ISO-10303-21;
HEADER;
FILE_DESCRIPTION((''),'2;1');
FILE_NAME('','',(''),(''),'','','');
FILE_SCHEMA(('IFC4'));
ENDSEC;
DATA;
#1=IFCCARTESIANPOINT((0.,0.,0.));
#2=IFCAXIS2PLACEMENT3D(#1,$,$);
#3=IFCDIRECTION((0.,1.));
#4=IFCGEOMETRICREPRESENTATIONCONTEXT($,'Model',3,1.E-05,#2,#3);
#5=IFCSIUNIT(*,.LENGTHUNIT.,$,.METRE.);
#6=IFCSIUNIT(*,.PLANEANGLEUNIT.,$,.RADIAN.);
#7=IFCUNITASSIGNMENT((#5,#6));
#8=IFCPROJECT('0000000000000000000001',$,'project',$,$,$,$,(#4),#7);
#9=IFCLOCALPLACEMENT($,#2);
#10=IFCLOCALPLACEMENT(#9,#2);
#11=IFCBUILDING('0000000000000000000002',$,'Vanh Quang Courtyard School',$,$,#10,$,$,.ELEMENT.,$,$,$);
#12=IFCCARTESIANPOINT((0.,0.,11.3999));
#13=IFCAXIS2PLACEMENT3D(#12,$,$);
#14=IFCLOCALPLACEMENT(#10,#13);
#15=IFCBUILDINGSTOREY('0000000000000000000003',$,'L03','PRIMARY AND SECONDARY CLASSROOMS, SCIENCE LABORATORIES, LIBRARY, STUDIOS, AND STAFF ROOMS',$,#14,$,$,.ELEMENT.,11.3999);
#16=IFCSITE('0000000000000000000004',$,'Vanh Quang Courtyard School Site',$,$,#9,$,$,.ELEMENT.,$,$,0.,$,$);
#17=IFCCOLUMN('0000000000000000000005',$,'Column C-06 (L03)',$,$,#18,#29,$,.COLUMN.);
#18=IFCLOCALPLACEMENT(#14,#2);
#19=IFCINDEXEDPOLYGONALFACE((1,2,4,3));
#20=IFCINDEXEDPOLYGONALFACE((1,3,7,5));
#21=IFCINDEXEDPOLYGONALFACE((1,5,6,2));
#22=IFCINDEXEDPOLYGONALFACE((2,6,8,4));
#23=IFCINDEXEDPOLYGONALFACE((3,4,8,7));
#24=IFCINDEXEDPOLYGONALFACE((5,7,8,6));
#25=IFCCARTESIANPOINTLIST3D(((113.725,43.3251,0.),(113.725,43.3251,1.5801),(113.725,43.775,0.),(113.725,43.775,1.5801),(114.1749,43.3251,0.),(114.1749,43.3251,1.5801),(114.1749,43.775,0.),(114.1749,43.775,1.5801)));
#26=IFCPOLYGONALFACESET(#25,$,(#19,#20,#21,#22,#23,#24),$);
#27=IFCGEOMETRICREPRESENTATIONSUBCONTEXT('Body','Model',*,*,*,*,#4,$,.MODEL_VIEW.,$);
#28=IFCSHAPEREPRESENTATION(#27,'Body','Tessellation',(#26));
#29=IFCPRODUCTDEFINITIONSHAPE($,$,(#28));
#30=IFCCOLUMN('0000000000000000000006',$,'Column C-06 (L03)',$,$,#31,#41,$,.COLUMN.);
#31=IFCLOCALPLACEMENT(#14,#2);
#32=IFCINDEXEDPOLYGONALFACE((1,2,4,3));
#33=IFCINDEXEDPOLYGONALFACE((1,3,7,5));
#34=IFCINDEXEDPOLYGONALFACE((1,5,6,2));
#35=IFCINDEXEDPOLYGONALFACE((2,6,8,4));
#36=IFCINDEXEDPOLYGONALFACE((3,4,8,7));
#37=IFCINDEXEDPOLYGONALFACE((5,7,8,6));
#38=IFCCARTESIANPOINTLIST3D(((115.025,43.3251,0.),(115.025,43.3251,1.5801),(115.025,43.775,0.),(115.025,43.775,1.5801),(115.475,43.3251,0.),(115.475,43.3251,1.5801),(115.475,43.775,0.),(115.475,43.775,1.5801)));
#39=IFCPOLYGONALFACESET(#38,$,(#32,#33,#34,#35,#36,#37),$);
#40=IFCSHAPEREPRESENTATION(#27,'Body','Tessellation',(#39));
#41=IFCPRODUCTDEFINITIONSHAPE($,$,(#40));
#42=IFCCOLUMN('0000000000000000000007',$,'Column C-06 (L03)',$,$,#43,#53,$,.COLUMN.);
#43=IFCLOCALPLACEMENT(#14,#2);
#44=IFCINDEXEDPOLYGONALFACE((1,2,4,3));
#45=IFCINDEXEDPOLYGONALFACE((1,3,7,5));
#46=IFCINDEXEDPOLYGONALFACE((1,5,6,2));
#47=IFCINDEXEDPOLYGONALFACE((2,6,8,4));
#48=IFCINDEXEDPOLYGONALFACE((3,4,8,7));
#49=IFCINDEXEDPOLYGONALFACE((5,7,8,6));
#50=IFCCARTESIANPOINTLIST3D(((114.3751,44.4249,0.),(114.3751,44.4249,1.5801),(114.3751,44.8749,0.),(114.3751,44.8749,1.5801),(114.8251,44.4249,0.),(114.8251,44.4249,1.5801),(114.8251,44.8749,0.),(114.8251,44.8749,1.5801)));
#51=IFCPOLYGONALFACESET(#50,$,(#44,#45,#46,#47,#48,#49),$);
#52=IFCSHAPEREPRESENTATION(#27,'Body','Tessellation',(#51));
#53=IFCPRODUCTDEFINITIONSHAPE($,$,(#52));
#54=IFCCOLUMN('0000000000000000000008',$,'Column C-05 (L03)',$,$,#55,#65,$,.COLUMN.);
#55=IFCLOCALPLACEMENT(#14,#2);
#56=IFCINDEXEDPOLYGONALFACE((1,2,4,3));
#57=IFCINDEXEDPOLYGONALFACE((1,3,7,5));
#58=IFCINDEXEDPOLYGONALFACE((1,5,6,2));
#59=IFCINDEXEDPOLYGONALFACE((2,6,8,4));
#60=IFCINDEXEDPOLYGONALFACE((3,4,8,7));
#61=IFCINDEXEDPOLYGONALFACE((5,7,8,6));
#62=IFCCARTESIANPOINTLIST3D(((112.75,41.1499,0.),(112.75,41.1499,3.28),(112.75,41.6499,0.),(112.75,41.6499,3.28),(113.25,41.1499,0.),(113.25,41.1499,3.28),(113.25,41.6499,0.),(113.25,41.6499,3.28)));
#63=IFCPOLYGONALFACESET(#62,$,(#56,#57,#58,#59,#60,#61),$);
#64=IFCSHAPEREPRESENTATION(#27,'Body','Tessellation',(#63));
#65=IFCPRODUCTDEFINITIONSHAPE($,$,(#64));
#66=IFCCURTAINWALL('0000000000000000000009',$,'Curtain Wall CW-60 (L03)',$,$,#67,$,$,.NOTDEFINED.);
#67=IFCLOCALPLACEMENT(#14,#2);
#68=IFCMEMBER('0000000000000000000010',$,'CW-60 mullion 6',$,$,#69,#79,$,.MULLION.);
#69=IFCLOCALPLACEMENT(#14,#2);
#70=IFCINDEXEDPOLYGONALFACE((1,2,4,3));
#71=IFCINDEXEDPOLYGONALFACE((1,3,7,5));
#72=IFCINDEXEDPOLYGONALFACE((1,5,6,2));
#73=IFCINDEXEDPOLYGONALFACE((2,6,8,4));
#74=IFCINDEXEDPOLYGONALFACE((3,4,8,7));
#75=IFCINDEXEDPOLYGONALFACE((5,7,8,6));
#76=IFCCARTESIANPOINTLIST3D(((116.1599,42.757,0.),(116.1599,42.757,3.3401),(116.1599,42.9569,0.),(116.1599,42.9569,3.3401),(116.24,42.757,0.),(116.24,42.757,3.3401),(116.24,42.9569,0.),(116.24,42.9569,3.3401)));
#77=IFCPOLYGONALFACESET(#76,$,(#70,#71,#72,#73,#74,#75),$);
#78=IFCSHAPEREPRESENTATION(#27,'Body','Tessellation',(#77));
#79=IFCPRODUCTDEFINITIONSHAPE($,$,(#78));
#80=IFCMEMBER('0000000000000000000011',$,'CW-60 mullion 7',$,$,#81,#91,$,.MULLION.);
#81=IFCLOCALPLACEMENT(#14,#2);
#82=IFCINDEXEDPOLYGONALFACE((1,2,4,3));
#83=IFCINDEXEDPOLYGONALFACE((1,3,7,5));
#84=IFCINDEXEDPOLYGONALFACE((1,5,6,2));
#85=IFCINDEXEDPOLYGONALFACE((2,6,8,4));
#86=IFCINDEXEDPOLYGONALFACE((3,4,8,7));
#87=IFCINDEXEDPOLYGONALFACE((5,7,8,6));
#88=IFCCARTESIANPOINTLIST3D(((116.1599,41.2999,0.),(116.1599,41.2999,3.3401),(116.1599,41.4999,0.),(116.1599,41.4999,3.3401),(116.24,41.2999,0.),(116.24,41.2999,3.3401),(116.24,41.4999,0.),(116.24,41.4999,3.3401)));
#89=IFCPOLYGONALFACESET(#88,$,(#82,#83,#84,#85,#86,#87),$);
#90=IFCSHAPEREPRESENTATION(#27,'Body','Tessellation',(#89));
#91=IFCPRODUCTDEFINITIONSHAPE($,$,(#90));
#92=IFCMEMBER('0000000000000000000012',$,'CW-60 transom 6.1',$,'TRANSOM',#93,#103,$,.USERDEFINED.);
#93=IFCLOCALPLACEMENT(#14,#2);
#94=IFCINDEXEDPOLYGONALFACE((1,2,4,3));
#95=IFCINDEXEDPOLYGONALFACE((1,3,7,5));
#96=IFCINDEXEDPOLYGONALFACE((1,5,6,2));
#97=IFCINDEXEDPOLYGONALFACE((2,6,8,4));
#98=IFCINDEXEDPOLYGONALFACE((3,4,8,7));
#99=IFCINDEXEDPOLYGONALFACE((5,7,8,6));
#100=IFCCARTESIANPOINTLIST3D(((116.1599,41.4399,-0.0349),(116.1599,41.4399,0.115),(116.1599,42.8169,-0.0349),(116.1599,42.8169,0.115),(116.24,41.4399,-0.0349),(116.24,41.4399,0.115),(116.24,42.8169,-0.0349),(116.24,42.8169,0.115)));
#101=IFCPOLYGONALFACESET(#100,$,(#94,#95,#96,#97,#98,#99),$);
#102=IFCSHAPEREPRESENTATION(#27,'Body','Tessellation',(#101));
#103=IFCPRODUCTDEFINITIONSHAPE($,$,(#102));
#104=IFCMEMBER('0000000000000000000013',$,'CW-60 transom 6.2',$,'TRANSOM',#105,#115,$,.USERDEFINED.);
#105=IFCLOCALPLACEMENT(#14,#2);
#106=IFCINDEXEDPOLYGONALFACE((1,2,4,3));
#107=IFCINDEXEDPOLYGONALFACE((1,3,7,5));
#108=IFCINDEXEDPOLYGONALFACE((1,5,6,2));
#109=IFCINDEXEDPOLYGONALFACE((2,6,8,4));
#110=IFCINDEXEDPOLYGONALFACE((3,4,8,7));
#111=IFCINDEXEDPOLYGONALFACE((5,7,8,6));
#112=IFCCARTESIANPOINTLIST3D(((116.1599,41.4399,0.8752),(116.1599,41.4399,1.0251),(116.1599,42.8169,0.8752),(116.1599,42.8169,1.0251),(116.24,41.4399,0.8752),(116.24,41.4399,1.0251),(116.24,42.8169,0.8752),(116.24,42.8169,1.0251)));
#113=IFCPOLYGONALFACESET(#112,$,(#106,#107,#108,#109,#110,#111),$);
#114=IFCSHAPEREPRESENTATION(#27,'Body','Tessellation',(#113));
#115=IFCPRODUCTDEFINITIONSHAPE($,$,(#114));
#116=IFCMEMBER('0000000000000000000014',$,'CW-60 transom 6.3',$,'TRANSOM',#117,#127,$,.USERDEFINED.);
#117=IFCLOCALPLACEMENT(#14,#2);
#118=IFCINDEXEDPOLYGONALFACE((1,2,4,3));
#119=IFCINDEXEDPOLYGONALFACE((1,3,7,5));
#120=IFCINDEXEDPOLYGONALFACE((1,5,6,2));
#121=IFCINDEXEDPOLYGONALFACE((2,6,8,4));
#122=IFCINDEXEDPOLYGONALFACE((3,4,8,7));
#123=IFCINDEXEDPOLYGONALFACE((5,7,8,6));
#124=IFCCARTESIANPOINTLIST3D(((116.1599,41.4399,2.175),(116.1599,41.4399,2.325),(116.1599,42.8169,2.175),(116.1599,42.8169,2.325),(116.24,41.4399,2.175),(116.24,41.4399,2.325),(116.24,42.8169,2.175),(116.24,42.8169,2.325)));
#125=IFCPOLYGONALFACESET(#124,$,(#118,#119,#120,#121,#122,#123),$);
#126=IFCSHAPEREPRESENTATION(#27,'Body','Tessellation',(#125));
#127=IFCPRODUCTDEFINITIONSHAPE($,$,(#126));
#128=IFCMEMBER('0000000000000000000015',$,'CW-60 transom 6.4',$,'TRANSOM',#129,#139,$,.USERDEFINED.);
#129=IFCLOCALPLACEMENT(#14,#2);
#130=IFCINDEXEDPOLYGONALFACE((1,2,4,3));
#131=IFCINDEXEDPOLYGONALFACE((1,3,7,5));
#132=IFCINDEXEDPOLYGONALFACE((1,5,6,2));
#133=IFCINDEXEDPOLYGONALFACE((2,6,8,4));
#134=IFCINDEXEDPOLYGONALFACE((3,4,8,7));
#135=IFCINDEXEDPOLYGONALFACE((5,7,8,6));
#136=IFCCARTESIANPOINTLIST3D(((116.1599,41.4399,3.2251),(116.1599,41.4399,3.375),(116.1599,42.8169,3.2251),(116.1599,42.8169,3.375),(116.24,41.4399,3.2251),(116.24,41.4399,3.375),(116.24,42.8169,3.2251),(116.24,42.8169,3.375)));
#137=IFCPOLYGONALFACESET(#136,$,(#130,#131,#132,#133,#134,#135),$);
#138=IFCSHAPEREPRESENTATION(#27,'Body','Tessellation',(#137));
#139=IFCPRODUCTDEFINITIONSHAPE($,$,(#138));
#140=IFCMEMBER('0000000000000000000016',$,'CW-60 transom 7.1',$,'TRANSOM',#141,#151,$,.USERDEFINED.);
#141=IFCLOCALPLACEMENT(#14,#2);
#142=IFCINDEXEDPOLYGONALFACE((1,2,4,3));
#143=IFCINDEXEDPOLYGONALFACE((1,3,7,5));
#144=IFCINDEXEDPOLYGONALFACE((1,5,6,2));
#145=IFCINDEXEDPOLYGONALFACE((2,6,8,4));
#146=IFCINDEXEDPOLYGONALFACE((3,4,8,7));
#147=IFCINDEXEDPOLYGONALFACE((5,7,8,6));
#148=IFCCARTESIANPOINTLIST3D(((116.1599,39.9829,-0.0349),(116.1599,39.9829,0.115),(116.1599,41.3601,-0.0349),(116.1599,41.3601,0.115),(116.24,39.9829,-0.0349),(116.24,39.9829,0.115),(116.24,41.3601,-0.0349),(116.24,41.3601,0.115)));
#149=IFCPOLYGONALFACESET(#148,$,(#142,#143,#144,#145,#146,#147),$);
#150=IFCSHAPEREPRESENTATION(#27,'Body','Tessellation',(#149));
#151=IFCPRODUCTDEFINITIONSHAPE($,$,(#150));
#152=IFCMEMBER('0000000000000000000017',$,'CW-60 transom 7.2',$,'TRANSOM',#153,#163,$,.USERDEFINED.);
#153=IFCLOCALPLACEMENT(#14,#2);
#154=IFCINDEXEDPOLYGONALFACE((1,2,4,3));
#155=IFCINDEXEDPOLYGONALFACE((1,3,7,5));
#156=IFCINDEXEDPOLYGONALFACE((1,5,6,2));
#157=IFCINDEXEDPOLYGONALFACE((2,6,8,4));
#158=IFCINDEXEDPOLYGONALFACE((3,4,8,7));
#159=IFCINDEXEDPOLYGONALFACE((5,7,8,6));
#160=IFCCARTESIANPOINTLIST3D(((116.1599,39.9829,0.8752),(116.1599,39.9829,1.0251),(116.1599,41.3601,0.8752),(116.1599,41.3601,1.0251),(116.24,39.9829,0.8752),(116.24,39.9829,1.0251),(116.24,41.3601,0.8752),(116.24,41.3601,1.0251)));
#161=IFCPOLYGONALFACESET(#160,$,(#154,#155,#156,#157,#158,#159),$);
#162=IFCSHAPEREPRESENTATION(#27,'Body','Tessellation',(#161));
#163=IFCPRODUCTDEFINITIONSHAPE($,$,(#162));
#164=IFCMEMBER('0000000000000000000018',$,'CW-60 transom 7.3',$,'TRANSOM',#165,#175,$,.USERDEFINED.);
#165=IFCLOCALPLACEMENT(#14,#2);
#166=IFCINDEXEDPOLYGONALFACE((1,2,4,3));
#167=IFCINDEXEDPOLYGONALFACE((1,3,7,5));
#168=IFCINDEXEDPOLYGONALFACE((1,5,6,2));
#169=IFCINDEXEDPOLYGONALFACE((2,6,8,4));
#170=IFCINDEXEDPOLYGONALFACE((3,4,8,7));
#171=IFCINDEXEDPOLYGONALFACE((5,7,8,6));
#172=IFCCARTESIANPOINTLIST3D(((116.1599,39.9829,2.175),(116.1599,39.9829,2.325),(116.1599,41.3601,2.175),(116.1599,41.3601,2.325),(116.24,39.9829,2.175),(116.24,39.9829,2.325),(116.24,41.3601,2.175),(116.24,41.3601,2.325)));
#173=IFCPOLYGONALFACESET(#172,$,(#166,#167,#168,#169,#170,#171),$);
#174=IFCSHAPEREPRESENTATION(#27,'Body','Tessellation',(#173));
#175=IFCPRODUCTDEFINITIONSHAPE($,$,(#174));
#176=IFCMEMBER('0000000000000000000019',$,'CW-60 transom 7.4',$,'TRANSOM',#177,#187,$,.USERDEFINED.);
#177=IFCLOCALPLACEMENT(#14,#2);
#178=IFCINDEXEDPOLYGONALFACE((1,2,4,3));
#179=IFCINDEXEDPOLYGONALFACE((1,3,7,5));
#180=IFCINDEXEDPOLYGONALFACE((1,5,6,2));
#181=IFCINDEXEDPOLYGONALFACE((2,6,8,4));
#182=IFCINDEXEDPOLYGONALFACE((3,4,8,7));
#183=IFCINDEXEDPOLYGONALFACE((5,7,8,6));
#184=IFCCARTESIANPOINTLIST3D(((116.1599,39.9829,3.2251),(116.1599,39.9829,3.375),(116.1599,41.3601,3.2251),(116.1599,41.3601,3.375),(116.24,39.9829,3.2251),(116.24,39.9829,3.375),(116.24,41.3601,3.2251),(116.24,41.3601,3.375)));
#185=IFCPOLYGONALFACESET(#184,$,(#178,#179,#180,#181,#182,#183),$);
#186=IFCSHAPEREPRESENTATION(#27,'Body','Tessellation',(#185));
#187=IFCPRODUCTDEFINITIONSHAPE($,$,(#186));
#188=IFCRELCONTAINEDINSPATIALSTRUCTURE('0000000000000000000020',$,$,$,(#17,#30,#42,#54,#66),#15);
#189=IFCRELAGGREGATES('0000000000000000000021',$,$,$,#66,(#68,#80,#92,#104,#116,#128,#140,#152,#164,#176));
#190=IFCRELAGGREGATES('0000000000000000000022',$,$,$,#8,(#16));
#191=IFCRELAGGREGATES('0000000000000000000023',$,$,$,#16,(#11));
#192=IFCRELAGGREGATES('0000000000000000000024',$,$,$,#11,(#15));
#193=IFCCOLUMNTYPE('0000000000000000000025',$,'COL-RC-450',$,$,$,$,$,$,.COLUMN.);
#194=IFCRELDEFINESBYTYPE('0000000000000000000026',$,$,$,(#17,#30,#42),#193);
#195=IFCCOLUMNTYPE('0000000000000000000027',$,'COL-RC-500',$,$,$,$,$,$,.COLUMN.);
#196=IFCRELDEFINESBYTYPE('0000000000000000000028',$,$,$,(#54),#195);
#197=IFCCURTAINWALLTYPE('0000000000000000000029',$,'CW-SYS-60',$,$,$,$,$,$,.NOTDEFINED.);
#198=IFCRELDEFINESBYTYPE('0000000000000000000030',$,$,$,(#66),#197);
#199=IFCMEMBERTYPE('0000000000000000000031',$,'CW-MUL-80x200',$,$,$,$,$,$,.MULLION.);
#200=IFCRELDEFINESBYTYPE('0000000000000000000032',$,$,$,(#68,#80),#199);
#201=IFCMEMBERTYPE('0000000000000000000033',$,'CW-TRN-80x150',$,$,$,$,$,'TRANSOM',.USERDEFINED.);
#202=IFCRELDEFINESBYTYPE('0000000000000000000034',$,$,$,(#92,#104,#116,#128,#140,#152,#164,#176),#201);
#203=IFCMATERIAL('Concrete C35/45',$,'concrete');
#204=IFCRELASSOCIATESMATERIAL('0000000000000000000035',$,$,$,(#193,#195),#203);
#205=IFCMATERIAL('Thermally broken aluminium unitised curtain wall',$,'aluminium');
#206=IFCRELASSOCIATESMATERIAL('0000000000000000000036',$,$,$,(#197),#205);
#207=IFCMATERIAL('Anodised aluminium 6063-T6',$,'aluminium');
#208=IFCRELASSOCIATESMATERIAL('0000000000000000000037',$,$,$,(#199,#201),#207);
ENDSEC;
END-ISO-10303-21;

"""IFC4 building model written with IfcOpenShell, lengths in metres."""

from ifc_helpers import new_model, si_unit, direction, frame, origin, origin_2d, place, context, subcontext, project, spatial, rectangle, extrude, material, material_profile, profile_set, type_object, element, aggregate, save


model = new_model("IFC4")

# Units and contexts
model_context = context("Model", 3, precision=1e-05, world=origin(), true_north=direction((0.0, 1.0)))
body_context = subcontext(model_context, "Body", "Model", "MODEL_VIEW")
ifc_project = project(units=[si_unit("LENGTHUNIT", "METRE"), si_unit("PLANEANGLEUNIT", "RADIAN")], contexts=[model_context])

# Site, building, storey
site_placement = place(None, origin())
site = spatial("IfcSite", under=ifc_project, at=site_placement, Name="Vanh Quang Courtyard School Site", CompositionType="ELEMENT", RefElevation=0.0)
building_placement = place(site_placement, origin())
building = spatial("IfcBuilding", under=site, at=building_placement, Name="Vanh Quang Courtyard School", CompositionType="ELEMENT")
storey_placement = place(building_placement, frame((0.0, 0.0, 11.3999)))
storey = spatial("IfcBuildingStorey", under=building, at=storey_placement, Name="L03", Description="PRIMARY AND SECONDARY CLASSROOMS, SCIENCE LABORATORIES, LIBRARY, STUDIOS, AND STAFF ROOMS", CompositionType="ELEMENT", Elevation=11.3999)

# Columns
ifc_material_1 = material(Name="Concrete C35/45", Category="concrete")
ifc_material_profile_1 = material_profile(ifc_material_1, rectangle(XDim=0.45, YDim=0.45, at=origin_2d()), Name="RC-COL 450x450")
ifc_profile_set_1 = profile_set([ifc_material_profile_1], Name="Concrete C35/45")
column_type_1 = type_object("IfcColumnType", Name="COL-RC-450", PredefinedType="COLUMN", material=ifc_profile_set_1)
for number, where, z_axis, x_axis, name in (
    (1, (113.95, 43.55, 0.0), (0.0, 0.0, 1.0), (1.0, 0.0, 0.0), "Column C-06 (L03)"),
    (2, (115.25, 43.55, 0.0), (0.0, 0.0, 1.0), (1.0, 0.0, 0.0), "Column C-06 (L03)"),
    (3, (114.6001, 44.6499, 0.0), (0.0, 0.0, 1.0), (1.0, 0.0, 0.0), "Column C-06 (L03)"),
):
    element("IfcColumn", number, at=place(storey_placement, frame(where, z_axis=z_axis, x_axis=x_axis)), inside=storey, type_object=column_type_1, Name=name, PredefinedType="COLUMN", context=body_context, shape_type="SweptSolid", body=[
        extrude(rectangle(XDim=0.45, YDim=0.45, at=origin_2d()), origin(), (0.0, 0.0, 1.0), 1.5801),
    ])
ifc_material_profile_2 = material_profile(ifc_material_1, rectangle(XDim=0.5, YDim=0.5, at=origin_2d()), Name="RC-COL 500x500")
ifc_profile_set_2 = profile_set([ifc_material_profile_2], Name="Concrete C35/45")
column_type_2 = type_object("IfcColumnType", Name="COL-RC-500", PredefinedType="COLUMN", material=ifc_profile_set_2)
column_placement = place(storey_placement, frame((113.0, 41.3999, 0.0), z_axis=(0.0, 0.0, 1.0), x_axis=(1.0, 0.0, 0.0)))
element("IfcColumn", 4, at=column_placement, inside=storey, type_object=column_type_2, Name="Column C-05 (L03)", PredefinedType="COLUMN", context=body_context, shape_type="SweptSolid", body=[
    extrude(rectangle(XDim=0.5, YDim=0.5, at=origin_2d()), origin(), (0.0, 0.0, 1.0), 3.28),
])

# Curtain wall, members
ifc_material_2 = material(Name="Thermally broken aluminium unitised curtain wall", Category="aluminium")
curtain_wall_type = type_object("IfcCurtainWallType", Name="CW-SYS-60", PredefinedType="NOTDEFINED", material=ifc_material_2)
curtain_wall_placement = place(storey_placement, origin())
curtain_wall = element("IfcCurtainWall", 5, at=curtain_wall_placement, inside=storey, type_object=curtain_wall_type, Name="Curtain Wall CW-60 (L03)", PredefinedType="NOTDEFINED")
ifc_material_3 = material(Name="Anodised aluminium 6063-T6", Category="aluminium")
ifc_material_profile_3 = material_profile(ifc_material_3, rectangle(XDim=0.0801, YDim=0.2, at=origin_2d()), Name="ALU-MUL 80x200")
ifc_profile_set_3 = profile_set([ifc_material_profile_3], Name="Anodised aluminium 6063-T6")
member_type_1 = type_object("IfcMemberType", Name="CW-MUL-80x200", PredefinedType="MULLION", material=ifc_profile_set_3)
member_1_placement = place(storey_placement, frame((116.2, 42.8569, 0.0), z_axis=(0.0, 0.0, 1.0), x_axis=(1.0, 0.0, 0.0)))
member_1 = element("IfcMember", 6, at=member_1_placement, type_object=member_type_1, Name="CW-60 mullion 6", PredefinedType="MULLION", context=body_context, shape_type="SweptSolid", body=[
    extrude(rectangle(XDim=0.0801, YDim=0.2, at=origin_2d()), origin(), (0.0, 0.0, 1.0), 3.3401),
])
member_2_placement = place(storey_placement, frame((116.2, 41.3999, 0.0), z_axis=(0.0, 0.0, 1.0), x_axis=(1.0, 0.0, 0.0)))
member_2 = element("IfcMember", 7, at=member_2_placement, type_object=member_type_1, Name="CW-60 mullion 7", PredefinedType="MULLION", context=body_context, shape_type="SweptSolid", body=[
    extrude(rectangle(XDim=0.0801, YDim=0.2, at=origin_2d()), origin(), (0.0, 0.0, 1.0), 3.3401),
])
ifc_material_profile_4 = material_profile(ifc_material_3, rectangle(XDim=0.0801, YDim=0.1499, at=origin_2d()), Name="ALU-TRN 80x150")
ifc_profile_set_4 = profile_set([ifc_material_profile_4], Name="Anodised aluminium 6063-T6")
member_type_2 = type_object("IfcMemberType", Name="CW-TRN-80x150", ElementType="TRANSOM", PredefinedType="USERDEFINED", material=ifc_profile_set_4)
member_3_placement = place(storey_placement, frame((116.2, 42.8169, 0.04), z_axis=(0.0, -1.0, 0.0), x_axis=(1.0, 0.0, 0.0)))
member_3 = element("IfcMember", 8, at=member_3_placement, type_object=member_type_2, Name="CW-60 transom 6.1", ObjectType="TRANSOM", PredefinedType="USERDEFINED", context=body_context, shape_type="SweptSolid", body=[
    extrude(rectangle(XDim=0.0801, YDim=0.1499, at=origin_2d()), origin(), (0.0, 0.0, 1.0), 1.377),
])
member_4_placement = place(storey_placement, frame((116.2, 42.8169, 0.9502), z_axis=(0.0, -1.0, 0.0), x_axis=(1.0, 0.0, 0.0)))
member_4 = element("IfcMember", 9, at=member_4_placement, type_object=member_type_2, Name="CW-60 transom 6.2", ObjectType="TRANSOM", PredefinedType="USERDEFINED", context=body_context, shape_type="SweptSolid", body=[
    extrude(rectangle(XDim=0.0801, YDim=0.1499, at=origin_2d()), origin(), (0.0, 0.0, 1.0), 1.377),
])
member_5_placement = place(storey_placement, frame((116.2, 42.8169, 2.25), z_axis=(0.0, -1.0, 0.0), x_axis=(1.0, 0.0, 0.0)))
member_5 = element("IfcMember", 10, at=member_5_placement, type_object=member_type_2, Name="CW-60 transom 6.3", ObjectType="TRANSOM", PredefinedType="USERDEFINED", context=body_context, shape_type="SweptSolid", body=[
    extrude(rectangle(XDim=0.0801, YDim=0.1499, at=origin_2d()), origin(), (0.0, 0.0, 1.0), 1.377),
])
member_6_placement = place(storey_placement, frame((116.2, 42.8169, 3.3), z_axis=(0.0, -1.0, 0.0), x_axis=(1.0, 0.0, 0.0)))
member_6 = element("IfcMember", 11, at=member_6_placement, type_object=member_type_2, Name="CW-60 transom 6.4", ObjectType="TRANSOM", PredefinedType="USERDEFINED", context=body_context, shape_type="SweptSolid", body=[
    extrude(rectangle(XDim=0.0801, YDim=0.1499, at=origin_2d()), origin(), (0.0, 0.0, 1.0), 1.377),
])
member_7_placement = place(storey_placement, frame((116.2, 41.3601, 0.04), z_axis=(0.0, -1.0, 0.0), x_axis=(1.0, 0.0, 0.0)))
member_7 = element("IfcMember", 12, at=member_7_placement, type_object=member_type_2, Name="CW-60 transom 7.1", ObjectType="TRANSOM", PredefinedType="USERDEFINED", context=body_context, shape_type="SweptSolid", body=[
    extrude(rectangle(XDim=0.0801, YDim=0.1499, at=origin_2d()), origin(), (0.0, 0.0, 1.0), 1.3772),
])
member_8_placement = place(storey_placement, frame((116.2, 41.3601, 0.9502), z_axis=(0.0, -1.0, 0.0), x_axis=(1.0, 0.0, 0.0)))
member_8 = element("IfcMember", 13, at=member_8_placement, type_object=member_type_2, Name="CW-60 transom 7.2", ObjectType="TRANSOM", PredefinedType="USERDEFINED", context=body_context, shape_type="SweptSolid", body=[
    extrude(rectangle(XDim=0.0801, YDim=0.1499, at=origin_2d()), origin(), (0.0, 0.0, 1.0), 1.3772),
])
member_9_placement = place(storey_placement, frame((116.2, 41.3601, 2.25), z_axis=(0.0, -1.0, 0.0), x_axis=(1.0, 0.0, 0.0)))
member_9 = element("IfcMember", 14, at=member_9_placement, type_object=member_type_2, Name="CW-60 transom 7.3", ObjectType="TRANSOM", PredefinedType="USERDEFINED", context=body_context, shape_type="SweptSolid", body=[
    extrude(rectangle(XDim=0.0801, YDim=0.1499, at=origin_2d()), origin(), (0.0, 0.0, 1.0), 1.3772),
])
member_10_placement = place(storey_placement, frame((116.2, 41.3601, 3.3), z_axis=(0.0, -1.0, 0.0), x_axis=(1.0, 0.0, 0.0)))
member_10 = element("IfcMember", 15, at=member_10_placement, type_object=member_type_2, Name="CW-60 transom 7.4", ObjectType="TRANSOM", PredefinedType="USERDEFINED", context=body_context, shape_type="SweptSolid", body=[
    extrude(rectangle(XDim=0.0801, YDim=0.1499, at=origin_2d()), origin(), (0.0, 0.0, 1.0), 1.3772),
])

aggregate(curtain_wall, [member_1, member_2, member_3, member_4, member_5, member_6, member_7, member_8, member_9, member_10])

save(model, "model.ifc")
